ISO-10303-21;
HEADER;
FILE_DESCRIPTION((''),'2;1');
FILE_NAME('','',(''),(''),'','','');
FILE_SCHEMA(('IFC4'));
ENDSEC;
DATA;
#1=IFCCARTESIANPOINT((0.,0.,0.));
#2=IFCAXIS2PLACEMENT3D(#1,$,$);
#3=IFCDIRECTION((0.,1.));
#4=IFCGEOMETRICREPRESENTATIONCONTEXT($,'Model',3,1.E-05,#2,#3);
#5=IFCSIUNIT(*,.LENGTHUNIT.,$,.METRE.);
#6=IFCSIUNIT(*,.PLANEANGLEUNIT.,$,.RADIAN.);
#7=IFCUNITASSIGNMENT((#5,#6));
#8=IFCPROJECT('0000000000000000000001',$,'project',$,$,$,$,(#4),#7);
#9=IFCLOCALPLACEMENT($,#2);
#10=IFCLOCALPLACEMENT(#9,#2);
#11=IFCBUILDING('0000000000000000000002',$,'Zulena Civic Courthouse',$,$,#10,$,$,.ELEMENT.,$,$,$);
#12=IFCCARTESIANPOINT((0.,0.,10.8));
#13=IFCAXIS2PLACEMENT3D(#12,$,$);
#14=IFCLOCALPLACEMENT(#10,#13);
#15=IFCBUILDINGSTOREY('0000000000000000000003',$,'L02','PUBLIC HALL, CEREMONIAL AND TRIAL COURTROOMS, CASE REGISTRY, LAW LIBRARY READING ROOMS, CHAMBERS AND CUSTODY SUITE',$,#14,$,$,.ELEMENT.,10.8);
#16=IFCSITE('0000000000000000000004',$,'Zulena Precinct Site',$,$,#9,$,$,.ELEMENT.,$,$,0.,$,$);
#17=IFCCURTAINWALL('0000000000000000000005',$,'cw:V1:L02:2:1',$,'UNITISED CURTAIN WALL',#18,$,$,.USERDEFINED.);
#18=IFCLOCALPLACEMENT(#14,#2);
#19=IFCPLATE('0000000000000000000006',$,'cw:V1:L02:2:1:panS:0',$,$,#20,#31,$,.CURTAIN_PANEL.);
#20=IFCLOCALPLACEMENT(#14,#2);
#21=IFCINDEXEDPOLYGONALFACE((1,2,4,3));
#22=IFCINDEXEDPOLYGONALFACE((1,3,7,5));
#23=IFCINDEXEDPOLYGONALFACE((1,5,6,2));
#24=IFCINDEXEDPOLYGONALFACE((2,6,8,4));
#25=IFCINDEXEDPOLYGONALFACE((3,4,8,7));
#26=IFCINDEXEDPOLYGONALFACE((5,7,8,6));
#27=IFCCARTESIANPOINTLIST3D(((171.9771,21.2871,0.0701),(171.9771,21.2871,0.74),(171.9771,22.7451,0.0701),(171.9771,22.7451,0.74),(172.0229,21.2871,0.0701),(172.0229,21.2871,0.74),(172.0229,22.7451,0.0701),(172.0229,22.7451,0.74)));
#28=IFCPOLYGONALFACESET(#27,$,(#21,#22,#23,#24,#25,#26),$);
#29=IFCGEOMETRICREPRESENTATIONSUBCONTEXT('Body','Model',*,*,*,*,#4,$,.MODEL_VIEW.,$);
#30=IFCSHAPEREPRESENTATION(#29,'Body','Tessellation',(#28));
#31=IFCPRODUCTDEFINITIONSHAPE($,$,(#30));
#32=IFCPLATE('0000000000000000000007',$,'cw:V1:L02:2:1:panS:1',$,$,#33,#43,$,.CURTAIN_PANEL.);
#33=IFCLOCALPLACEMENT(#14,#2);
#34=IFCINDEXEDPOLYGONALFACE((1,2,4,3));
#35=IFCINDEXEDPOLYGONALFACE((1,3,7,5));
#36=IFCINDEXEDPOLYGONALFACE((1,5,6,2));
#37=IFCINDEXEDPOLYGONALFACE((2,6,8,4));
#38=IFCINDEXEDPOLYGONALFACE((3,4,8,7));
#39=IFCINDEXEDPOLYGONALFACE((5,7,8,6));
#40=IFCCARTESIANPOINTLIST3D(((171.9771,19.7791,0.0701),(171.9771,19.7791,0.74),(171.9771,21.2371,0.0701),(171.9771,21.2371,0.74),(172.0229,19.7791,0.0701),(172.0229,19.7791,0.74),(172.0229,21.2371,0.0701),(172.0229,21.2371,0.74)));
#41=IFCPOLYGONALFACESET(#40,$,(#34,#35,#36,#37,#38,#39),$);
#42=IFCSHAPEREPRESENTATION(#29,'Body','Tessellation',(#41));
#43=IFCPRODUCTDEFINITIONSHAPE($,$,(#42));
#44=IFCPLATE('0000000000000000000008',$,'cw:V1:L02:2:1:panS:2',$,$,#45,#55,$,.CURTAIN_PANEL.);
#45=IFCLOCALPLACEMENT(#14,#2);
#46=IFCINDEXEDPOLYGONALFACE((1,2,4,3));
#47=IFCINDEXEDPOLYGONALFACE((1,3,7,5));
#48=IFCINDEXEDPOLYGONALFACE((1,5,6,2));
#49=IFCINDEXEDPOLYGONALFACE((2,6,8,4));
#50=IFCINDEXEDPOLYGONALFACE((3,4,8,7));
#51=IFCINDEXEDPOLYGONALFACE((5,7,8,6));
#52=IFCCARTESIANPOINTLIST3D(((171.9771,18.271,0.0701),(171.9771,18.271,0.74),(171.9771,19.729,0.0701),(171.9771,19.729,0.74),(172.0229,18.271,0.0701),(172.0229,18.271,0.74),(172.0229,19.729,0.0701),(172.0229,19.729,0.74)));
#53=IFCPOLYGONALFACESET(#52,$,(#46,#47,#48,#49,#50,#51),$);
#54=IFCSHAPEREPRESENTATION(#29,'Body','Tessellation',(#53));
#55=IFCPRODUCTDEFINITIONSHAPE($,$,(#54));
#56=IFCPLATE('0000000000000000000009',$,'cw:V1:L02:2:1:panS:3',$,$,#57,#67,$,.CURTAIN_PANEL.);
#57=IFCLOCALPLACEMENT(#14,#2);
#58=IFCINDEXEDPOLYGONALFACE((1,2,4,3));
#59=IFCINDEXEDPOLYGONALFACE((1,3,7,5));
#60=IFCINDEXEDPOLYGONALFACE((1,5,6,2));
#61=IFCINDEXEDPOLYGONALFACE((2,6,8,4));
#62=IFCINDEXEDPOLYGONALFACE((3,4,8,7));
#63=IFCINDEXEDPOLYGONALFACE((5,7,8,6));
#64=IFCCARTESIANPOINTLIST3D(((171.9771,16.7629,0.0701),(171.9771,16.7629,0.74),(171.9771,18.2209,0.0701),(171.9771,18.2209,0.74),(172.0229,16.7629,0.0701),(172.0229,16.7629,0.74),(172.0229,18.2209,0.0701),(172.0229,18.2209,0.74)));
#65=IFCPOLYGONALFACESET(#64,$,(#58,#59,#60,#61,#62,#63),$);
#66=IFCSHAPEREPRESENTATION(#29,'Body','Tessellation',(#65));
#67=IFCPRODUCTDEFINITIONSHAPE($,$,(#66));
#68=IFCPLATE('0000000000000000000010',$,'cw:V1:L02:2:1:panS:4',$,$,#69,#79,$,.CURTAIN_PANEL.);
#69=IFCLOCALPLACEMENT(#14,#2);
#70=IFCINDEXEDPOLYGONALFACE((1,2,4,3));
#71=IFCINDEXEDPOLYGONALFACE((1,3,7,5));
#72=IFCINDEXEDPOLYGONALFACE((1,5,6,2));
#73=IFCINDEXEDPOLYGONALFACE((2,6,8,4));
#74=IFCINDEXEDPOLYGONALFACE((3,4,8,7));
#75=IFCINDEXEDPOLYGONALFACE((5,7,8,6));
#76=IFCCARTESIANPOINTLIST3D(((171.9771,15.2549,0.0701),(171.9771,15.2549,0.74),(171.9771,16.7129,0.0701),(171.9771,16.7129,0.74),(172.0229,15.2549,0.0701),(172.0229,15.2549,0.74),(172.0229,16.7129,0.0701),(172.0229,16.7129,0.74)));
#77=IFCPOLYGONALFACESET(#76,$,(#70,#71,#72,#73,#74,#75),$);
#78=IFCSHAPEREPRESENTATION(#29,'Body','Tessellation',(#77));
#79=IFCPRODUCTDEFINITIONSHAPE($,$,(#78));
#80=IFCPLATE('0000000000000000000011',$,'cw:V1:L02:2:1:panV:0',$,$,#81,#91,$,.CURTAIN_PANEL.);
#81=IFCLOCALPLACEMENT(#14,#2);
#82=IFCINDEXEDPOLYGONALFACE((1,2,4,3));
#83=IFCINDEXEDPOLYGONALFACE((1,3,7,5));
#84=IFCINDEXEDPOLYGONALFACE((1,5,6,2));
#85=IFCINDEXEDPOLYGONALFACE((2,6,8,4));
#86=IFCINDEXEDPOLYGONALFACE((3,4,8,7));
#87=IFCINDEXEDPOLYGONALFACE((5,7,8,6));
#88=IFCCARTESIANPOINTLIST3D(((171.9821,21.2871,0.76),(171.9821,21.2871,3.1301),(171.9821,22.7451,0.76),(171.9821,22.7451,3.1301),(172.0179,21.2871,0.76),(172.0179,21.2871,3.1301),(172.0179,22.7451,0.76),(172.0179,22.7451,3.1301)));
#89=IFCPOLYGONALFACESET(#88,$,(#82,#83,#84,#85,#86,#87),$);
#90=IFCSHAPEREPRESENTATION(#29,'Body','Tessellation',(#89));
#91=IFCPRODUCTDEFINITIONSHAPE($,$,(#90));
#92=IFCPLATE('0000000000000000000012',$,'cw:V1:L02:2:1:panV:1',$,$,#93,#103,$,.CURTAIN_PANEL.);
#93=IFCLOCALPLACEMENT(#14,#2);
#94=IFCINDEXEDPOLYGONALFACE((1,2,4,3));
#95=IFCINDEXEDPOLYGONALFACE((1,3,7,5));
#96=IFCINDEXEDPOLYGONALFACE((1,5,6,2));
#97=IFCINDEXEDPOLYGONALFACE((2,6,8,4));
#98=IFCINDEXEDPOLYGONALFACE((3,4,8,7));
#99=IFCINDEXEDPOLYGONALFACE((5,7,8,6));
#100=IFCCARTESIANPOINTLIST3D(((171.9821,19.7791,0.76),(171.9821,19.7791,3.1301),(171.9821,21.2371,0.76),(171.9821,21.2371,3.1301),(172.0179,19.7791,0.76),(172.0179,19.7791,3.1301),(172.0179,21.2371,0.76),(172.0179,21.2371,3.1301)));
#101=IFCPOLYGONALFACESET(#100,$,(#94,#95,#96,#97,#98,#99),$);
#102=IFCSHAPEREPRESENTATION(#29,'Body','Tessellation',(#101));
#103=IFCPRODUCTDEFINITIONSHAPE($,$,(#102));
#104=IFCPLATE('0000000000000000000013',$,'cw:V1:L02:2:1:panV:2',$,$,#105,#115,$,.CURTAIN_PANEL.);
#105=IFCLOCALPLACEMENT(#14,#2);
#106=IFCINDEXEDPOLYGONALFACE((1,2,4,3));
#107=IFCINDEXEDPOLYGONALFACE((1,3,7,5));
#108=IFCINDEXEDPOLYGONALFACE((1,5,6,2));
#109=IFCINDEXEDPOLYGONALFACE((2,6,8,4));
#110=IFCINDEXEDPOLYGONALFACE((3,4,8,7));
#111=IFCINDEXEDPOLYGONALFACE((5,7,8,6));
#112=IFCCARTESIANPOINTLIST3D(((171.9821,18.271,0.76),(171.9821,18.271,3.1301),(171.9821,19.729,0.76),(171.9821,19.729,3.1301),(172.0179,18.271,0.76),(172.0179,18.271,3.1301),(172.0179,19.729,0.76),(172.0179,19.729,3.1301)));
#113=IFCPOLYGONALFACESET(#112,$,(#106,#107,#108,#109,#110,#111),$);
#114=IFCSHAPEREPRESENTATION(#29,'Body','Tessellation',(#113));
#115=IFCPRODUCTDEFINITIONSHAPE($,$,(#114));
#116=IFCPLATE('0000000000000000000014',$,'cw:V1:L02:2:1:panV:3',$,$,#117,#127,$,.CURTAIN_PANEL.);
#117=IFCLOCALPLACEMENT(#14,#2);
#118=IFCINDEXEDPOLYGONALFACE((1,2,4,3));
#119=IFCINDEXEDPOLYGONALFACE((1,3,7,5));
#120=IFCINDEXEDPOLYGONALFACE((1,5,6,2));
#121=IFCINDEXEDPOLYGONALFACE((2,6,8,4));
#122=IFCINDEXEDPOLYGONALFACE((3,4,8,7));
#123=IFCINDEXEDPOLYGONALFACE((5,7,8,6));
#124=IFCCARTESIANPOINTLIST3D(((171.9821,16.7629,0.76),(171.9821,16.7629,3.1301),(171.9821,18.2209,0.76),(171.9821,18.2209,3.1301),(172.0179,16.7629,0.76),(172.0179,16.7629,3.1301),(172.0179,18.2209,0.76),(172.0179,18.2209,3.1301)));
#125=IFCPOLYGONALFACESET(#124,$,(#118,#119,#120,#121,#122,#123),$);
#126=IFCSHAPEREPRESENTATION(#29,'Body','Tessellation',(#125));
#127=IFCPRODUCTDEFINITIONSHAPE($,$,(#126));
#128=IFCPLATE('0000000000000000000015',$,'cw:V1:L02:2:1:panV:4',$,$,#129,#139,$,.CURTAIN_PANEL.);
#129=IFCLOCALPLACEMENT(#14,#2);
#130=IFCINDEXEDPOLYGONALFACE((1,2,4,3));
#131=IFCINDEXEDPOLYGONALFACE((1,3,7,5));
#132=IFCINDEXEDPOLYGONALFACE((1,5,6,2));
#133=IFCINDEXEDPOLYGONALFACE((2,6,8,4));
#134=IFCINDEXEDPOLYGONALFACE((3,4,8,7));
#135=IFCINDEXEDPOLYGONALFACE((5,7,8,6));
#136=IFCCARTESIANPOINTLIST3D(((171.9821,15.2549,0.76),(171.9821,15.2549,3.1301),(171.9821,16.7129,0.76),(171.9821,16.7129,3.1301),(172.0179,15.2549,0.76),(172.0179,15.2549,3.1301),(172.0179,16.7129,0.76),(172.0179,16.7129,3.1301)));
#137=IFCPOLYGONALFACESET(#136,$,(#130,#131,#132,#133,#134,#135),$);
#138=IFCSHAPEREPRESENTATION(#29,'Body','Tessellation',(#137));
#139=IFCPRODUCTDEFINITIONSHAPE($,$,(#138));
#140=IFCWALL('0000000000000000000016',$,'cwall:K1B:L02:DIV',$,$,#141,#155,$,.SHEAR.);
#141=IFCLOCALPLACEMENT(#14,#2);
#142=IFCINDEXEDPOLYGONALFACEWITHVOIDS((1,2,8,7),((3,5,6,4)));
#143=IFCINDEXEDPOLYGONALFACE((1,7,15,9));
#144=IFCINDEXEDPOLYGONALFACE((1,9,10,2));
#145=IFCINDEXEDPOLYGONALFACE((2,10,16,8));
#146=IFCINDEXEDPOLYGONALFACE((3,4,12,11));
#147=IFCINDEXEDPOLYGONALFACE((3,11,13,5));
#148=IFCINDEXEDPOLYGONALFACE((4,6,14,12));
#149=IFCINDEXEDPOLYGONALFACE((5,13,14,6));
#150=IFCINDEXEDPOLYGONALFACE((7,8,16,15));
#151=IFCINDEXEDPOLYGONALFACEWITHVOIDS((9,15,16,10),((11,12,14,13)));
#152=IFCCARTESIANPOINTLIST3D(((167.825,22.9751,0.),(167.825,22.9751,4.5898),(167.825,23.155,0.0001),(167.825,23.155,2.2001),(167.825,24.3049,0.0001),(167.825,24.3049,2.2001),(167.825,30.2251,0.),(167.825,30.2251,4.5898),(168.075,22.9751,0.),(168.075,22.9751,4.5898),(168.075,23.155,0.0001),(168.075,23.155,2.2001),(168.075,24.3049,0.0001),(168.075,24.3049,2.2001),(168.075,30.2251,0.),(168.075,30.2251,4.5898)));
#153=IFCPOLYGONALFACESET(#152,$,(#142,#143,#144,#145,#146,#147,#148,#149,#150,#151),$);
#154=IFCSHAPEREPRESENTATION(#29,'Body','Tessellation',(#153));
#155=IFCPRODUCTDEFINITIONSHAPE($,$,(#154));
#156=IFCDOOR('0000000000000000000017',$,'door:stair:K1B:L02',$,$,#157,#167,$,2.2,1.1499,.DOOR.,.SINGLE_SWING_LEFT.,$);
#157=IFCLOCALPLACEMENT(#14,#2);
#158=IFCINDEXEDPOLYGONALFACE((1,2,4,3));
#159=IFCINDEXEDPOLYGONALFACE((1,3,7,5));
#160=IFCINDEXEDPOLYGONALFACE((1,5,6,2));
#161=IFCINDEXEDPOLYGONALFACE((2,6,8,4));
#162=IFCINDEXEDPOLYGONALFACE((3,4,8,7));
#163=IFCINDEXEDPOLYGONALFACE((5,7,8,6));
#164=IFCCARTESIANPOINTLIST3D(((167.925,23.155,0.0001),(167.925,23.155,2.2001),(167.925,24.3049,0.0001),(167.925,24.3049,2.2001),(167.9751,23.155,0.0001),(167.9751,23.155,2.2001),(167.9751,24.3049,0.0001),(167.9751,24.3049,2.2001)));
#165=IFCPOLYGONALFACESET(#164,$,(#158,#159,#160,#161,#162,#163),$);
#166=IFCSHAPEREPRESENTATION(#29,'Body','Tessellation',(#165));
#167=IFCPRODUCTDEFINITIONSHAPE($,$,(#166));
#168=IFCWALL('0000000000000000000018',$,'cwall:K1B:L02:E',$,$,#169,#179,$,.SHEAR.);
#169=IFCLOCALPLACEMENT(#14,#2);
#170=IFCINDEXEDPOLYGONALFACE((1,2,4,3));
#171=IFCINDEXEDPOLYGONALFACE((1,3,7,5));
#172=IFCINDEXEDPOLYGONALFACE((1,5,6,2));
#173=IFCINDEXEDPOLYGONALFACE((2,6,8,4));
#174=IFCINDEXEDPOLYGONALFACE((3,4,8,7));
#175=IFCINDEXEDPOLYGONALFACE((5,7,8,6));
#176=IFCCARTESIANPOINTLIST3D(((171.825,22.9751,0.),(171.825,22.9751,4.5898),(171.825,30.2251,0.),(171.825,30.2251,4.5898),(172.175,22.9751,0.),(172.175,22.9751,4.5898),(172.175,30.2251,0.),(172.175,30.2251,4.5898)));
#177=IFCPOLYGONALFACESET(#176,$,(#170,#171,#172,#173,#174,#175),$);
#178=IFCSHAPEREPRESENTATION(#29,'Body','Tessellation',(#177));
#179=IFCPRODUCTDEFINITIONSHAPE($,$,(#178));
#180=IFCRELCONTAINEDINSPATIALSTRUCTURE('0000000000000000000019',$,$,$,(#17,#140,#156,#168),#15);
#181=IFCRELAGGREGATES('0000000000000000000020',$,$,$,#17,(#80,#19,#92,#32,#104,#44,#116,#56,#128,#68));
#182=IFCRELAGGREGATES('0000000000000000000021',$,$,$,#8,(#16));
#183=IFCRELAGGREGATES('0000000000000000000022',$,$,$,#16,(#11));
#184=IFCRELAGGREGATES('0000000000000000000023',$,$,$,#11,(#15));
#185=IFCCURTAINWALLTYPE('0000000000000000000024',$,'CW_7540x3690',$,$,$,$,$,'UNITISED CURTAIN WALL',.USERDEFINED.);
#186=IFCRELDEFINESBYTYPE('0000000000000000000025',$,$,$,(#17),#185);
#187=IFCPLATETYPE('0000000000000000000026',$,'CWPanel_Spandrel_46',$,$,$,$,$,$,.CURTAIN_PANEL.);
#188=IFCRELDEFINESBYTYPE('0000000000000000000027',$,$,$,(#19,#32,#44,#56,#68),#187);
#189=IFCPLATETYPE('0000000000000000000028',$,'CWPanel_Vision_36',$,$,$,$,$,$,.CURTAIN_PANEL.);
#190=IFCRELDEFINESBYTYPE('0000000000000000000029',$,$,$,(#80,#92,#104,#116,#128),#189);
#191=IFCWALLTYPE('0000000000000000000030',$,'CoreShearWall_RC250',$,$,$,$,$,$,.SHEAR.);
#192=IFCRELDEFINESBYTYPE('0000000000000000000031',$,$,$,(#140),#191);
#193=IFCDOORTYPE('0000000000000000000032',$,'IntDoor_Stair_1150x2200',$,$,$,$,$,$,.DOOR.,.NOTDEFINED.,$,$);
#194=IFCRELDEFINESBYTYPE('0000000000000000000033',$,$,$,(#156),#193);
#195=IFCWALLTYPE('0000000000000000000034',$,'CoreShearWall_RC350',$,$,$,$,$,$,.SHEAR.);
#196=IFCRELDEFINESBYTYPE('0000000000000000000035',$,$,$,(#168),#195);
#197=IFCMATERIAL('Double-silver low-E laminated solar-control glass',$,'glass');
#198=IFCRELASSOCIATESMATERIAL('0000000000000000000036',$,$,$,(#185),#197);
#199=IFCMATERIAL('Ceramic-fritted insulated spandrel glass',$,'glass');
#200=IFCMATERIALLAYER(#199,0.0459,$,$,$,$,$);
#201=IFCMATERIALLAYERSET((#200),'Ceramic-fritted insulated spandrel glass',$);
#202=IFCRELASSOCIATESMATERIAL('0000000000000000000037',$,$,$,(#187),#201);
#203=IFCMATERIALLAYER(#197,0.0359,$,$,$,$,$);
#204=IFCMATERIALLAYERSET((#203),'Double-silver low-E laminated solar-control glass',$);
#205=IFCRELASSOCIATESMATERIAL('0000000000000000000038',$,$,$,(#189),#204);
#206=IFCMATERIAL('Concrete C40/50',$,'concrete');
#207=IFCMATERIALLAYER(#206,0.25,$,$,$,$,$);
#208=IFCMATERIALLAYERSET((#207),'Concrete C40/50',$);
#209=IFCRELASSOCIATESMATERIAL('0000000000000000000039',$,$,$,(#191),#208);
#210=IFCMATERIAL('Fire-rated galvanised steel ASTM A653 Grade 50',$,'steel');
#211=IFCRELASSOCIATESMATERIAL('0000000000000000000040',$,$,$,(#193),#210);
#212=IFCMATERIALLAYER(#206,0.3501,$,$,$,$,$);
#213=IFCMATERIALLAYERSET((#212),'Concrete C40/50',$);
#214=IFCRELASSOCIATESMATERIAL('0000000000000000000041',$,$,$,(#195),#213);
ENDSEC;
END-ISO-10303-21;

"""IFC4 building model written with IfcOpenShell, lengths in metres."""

from ifc_helpers import new_model, si_unit, direction, frame, frame_2d, origin, origin_2d, place, context, subcontext, project, spatial, rectangle, extrude, material, layer, layer_set, type_object, element, fill, aggregate, save


model = new_model("IFC4")

# Units and contexts
model_context = context("Model", 3, precision=1e-05, world=origin(), true_north=direction((0.0, 1.0)))
body_context = subcontext(model_context, "Body", "Model", "MODEL_VIEW")
ifc_project = project(units=[si_unit("LENGTHUNIT", "METRE"), si_unit("PLANEANGLEUNIT", "RADIAN")], contexts=[model_context])

# Site, building, storey
site_placement = place(None, origin())
site = spatial("IfcSite", under=ifc_project, at=site_placement, Name="Zulena Precinct Site", CompositionType="ELEMENT", RefElevation=0.0)
building_placement = place(site_placement, origin())
building = spatial("IfcBuilding", under=site, at=building_placement, Name="Zulena Civic Courthouse", CompositionType="ELEMENT")
storey_placement = place(building_placement, frame((0.0, 0.0, 10.8)))
storey = spatial("IfcBuildingStorey", under=building, at=storey_placement, Name="L02", Description="PUBLIC HALL, CEREMONIAL AND TRIAL COURTROOMS, CASE REGISTRY, LAW LIBRARY READING ROOMS, CHAMBERS AND CUSTODY SUITE", CompositionType="ELEMENT", Elevation=10.8)

# Curtain wall
ifc_material_1 = material(Name="Double-silver low-E laminated solar-control glass", Category="glass")
curtain_wall_type = type_object("IfcCurtainWallType", Name="CW_7540x3690", ElementType="UNITISED CURTAIN WALL", PredefinedType="USERDEFINED", material=ifc_material_1)
curtain_wall_placement = place(storey_placement, origin())
curtain_wall = element("IfcCurtainWall", 1, at=curtain_wall_placement, inside=storey, type_object=curtain_wall_type, Name="cw:V1:L02:2:1", ObjectType="UNITISED CURTAIN WALL", PredefinedType="USERDEFINED")

# Plates
ifc_material_2 = material(Name="Ceramic-fritted insulated spandrel glass", Category="glass")
ifc_layer_1 = layer(ifc_material_2, 0.0459)
ifc_layer_set_1 = layer_set([ifc_layer_1], Name="Ceramic-fritted insulated spandrel glass")
plate_type_1 = type_object("IfcPlateType", Name="CWPanel_Spandrel_46", PredefinedType="CURTAIN_PANEL", material=ifc_layer_set_1)
plate_1_placement = place(storey_placement, frame((172.0, 22.0161, 0.0701), z_axis=(0.0, 0.0, 1.0), x_axis=(0.0, -1.0, 0.0)))
plate_1 = element("IfcPlate", 2, at=plate_1_placement, type_object=plate_type_1, Name="cw:V1:L02:2:1:panS:0", PredefinedType="CURTAIN_PANEL", context=body_context, shape_type="SweptSolid", body=[
    extrude(rectangle(XDim=1.458, YDim=0.0459, at=origin_2d()), origin(), (0.0, 0.0, 1.0), 0.6699),
])
plate_2_placement = place(storey_placement, frame((172.0, 20.5081, 0.0701), z_axis=(0.0, 0.0, 1.0), x_axis=(0.0, -1.0, 0.0)))
plate_2 = element("IfcPlate", 3, at=plate_2_placement, type_object=plate_type_1, Name="cw:V1:L02:2:1:panS:1", PredefinedType="CURTAIN_PANEL", context=body_context, shape_type="SweptSolid", body=[
    extrude(rectangle(XDim=1.458, YDim=0.0459, at=origin_2d()), origin(), (0.0, 0.0, 1.0), 0.6699),
])
plate_3_placement = place(storey_placement, frame((172.0, 19.0, 0.0701), z_axis=(0.0, 0.0, 1.0), x_axis=(0.0, -1.0, 0.0)))
plate_3 = element("IfcPlate", 4, at=plate_3_placement, type_object=plate_type_1, Name="cw:V1:L02:2:1:panS:2", PredefinedType="CURTAIN_PANEL", context=body_context, shape_type="SweptSolid", body=[
    extrude(rectangle(XDim=1.458, YDim=0.0459, at=origin_2d()), origin(), (0.0, 0.0, 1.0), 0.6699),
])
plate_4_placement = place(storey_placement, frame((172.0, 17.4919, 0.0701), z_axis=(0.0, 0.0, 1.0), x_axis=(0.0, -1.0, 0.0)))
plate_4 = element("IfcPlate", 5, at=plate_4_placement, type_object=plate_type_1, Name="cw:V1:L02:2:1:panS:3", PredefinedType="CURTAIN_PANEL", context=body_context, shape_type="SweptSolid", body=[
    extrude(rectangle(XDim=1.458, YDim=0.0459, at=origin_2d()), origin(), (0.0, 0.0, 1.0), 0.6699),
])
plate_5_placement = place(storey_placement, frame((172.0, 15.9839, 0.0701), z_axis=(0.0, 0.0, 1.0), x_axis=(0.0, -1.0, 0.0)))
plate_5 = element("IfcPlate", 6, at=plate_5_placement, type_object=plate_type_1, Name="cw:V1:L02:2:1:panS:4", PredefinedType="CURTAIN_PANEL", context=body_context, shape_type="SweptSolid", body=[
    extrude(rectangle(XDim=1.458, YDim=0.0459, at=origin_2d()), origin(), (0.0, 0.0, 1.0), 0.6699),
])
ifc_layer_2 = layer(ifc_material_1, 0.0359)
ifc_layer_set_2 = layer_set([ifc_layer_2], Name="Double-silver low-E laminated solar-control glass")
plate_type_2 = type_object("IfcPlateType", Name="CWPanel_Vision_36", PredefinedType="CURTAIN_PANEL", material=ifc_layer_set_2)
plate_6_placement = place(storey_placement, frame((172.0, 22.0161, 0.76), z_axis=(0.0, 0.0, 1.0), x_axis=(0.0, -1.0, 0.0)))
plate_6 = element("IfcPlate", 7, at=plate_6_placement, type_object=plate_type_2, Name="cw:V1:L02:2:1:panV:0", PredefinedType="CURTAIN_PANEL", context=body_context, shape_type="SweptSolid", body=[
    extrude(rectangle(XDim=1.458, YDim=0.0359, at=origin_2d()), origin(), (0.0, 0.0, 1.0), 2.3701),
])
plate_7_placement = place(storey_placement, frame((172.0, 20.5081, 0.76), z_axis=(0.0, 0.0, 1.0), x_axis=(0.0, -1.0, 0.0)))
plate_7 = element("IfcPlate", 8, at=plate_7_placement, type_object=plate_type_2, Name="cw:V1:L02:2:1:panV:1", PredefinedType="CURTAIN_PANEL", context=body_context, shape_type="SweptSolid", body=[
    extrude(rectangle(XDim=1.458, YDim=0.0359, at=origin_2d()), origin(), (0.0, 0.0, 1.0), 2.3701),
])
plate_8_placement = place(storey_placement, frame((172.0, 19.0, 0.76), z_axis=(0.0, 0.0, 1.0), x_axis=(0.0, -1.0, 0.0)))
plate_8 = element("IfcPlate", 9, at=plate_8_placement, type_object=plate_type_2, Name="cw:V1:L02:2:1:panV:2", PredefinedType="CURTAIN_PANEL", context=body_context, shape_type="SweptSolid", body=[
    extrude(rectangle(XDim=1.458, YDim=0.0359, at=origin_2d()), origin(), (0.0, 0.0, 1.0), 2.3701),
])
plate_9_placement = place(storey_placement, frame((172.0, 17.4919, 0.76), z_axis=(0.0, 0.0, 1.0), x_axis=(0.0, -1.0, 0.0)))
plate_9 = element("IfcPlate", 10, at=plate_9_placement, type_object=plate_type_2, Name="cw:V1:L02:2:1:panV:3", PredefinedType="CURTAIN_PANEL", context=body_context, shape_type="SweptSolid", body=[
    extrude(rectangle(XDim=1.458, YDim=0.0359, at=origin_2d()), origin(), (0.0, 0.0, 1.0), 2.3701),
])
plate_10_placement = place(storey_placement, frame((172.0, 15.9839, 0.76), z_axis=(0.0, 0.0, 1.0), x_axis=(0.0, -1.0, 0.0)))
plate_10 = element("IfcPlate", 11, at=plate_10_placement, type_object=plate_type_2, Name="cw:V1:L02:2:1:panV:4", PredefinedType="CURTAIN_PANEL", context=body_context, shape_type="SweptSolid", body=[
    extrude(rectangle(XDim=1.458, YDim=0.0359, at=origin_2d()), origin(), (0.0, 0.0, 1.0), 2.3701),
])
aggregate(curtain_wall, [plate_6, plate_1, plate_7, plate_2, plate_8, plate_3, plate_9, plate_4, plate_10, plate_5])

# Wall, opening, door
ifc_material_3 = material(Name="Concrete C40/50", Category="concrete")
ifc_layer_3 = layer(ifc_material_3, 0.25)
ifc_layer_set_3 = layer_set([ifc_layer_3], Name="Concrete C40/50")
wall_type_1 = type_object("IfcWallType", Name="CoreShearWall_RC250", PredefinedType="SHEAR", material=ifc_layer_set_3)
wall_1_placement = place(storey_placement, frame((167.95, 22.9751, 0.0), z_axis=(0.0, 0.0, 1.0), x_axis=(0.0, 1.0, 0.0)))
wall_1 = element("IfcWall", 12, at=wall_1_placement, inside=storey, type_object=wall_type_1, Name="cwall:K1B:L02:DIV", PredefinedType="SHEAR", context=body_context, shape_type="SweptSolid", body=[
    extrude(rectangle(XDim=7.25, YDim=0.25, at=frame_2d((3.625, 0.0))), origin(), (0.0, 0.0, 1.0), 4.5898),
])
opening_1_placement = place(wall_1_placement, frame((0.1799, 0.0, 0.0)))
opening_1 = element("IfcOpeningElement", 13, at=opening_1_placement, cuts=wall_1, PredefinedType="OPENING", context=body_context, shape_type="SweptSolid", body=[
    extrude(rectangle(XDim=1.1499, YDim=2.2, at=frame_2d((0.575, 1.1001))), frame((0.0, 0.135, 0.0), z_axis=(0.0, -1.0, 0.0), x_axis=(1.0, 0.0, 0.0)), (0.0, 0.0, 1.0), 0.27),
])
ifc_material_4 = material(Name="Fire-rated galvanised steel ASTM A653 Grade 50", Category="steel")
door_type = type_object("IfcDoorType", Name="IntDoor_Stair_1150x2200", OperationType="NOTDEFINED", PredefinedType="DOOR", material=ifc_material_4)
door_placement = place(opening_1_placement, origin())
door = element("IfcDoor", 14, at=door_placement, inside=storey, type_object=door_type, Name="door:stair:K1B:L02", OperationType="SINGLE_SWING_LEFT", OverallHeight=2.2, OverallWidth=1.1499, PredefinedType="DOOR", context=body_context, shape_type="SweptSolid", body=[
    extrude(rectangle(XDim=1.1499, YDim=2.2, at=frame_2d((0.575, 1.1001))), frame((0.0, 0.0249, 0.0), z_axis=(0.0, -1.0, 0.0), x_axis=(1.0, 0.0, 0.0)), (0.0, 0.0, 1.0), 0.05),
])
fill(opening_1, door)

# Wall
ifc_layer_4 = layer(ifc_material_3, 0.3501)
ifc_layer_set_4 = layer_set([ifc_layer_4], Name="Concrete C40/50")
wall_type_2 = type_object("IfcWallType", Name="CoreShearWall_RC350", PredefinedType="SHEAR", material=ifc_layer_set_4)
wall_2_placement = place(storey_placement, frame((172.0, 22.9751, 0.0), z_axis=(0.0, 0.0, 1.0), x_axis=(0.0, 1.0, 0.0)))
element("IfcWall", 15, at=wall_2_placement, inside=storey, type_object=wall_type_2, Name="cwall:K1B:L02:E", PredefinedType="SHEAR", context=body_context, shape_type="SweptSolid", body=[
    extrude(rectangle(XDim=7.25, YDim=0.3501, at=frame_2d((3.625, 0.0))), origin(), (0.0, 0.0, 1.0), 4.5898),
])

save(model, "model.ifc")
